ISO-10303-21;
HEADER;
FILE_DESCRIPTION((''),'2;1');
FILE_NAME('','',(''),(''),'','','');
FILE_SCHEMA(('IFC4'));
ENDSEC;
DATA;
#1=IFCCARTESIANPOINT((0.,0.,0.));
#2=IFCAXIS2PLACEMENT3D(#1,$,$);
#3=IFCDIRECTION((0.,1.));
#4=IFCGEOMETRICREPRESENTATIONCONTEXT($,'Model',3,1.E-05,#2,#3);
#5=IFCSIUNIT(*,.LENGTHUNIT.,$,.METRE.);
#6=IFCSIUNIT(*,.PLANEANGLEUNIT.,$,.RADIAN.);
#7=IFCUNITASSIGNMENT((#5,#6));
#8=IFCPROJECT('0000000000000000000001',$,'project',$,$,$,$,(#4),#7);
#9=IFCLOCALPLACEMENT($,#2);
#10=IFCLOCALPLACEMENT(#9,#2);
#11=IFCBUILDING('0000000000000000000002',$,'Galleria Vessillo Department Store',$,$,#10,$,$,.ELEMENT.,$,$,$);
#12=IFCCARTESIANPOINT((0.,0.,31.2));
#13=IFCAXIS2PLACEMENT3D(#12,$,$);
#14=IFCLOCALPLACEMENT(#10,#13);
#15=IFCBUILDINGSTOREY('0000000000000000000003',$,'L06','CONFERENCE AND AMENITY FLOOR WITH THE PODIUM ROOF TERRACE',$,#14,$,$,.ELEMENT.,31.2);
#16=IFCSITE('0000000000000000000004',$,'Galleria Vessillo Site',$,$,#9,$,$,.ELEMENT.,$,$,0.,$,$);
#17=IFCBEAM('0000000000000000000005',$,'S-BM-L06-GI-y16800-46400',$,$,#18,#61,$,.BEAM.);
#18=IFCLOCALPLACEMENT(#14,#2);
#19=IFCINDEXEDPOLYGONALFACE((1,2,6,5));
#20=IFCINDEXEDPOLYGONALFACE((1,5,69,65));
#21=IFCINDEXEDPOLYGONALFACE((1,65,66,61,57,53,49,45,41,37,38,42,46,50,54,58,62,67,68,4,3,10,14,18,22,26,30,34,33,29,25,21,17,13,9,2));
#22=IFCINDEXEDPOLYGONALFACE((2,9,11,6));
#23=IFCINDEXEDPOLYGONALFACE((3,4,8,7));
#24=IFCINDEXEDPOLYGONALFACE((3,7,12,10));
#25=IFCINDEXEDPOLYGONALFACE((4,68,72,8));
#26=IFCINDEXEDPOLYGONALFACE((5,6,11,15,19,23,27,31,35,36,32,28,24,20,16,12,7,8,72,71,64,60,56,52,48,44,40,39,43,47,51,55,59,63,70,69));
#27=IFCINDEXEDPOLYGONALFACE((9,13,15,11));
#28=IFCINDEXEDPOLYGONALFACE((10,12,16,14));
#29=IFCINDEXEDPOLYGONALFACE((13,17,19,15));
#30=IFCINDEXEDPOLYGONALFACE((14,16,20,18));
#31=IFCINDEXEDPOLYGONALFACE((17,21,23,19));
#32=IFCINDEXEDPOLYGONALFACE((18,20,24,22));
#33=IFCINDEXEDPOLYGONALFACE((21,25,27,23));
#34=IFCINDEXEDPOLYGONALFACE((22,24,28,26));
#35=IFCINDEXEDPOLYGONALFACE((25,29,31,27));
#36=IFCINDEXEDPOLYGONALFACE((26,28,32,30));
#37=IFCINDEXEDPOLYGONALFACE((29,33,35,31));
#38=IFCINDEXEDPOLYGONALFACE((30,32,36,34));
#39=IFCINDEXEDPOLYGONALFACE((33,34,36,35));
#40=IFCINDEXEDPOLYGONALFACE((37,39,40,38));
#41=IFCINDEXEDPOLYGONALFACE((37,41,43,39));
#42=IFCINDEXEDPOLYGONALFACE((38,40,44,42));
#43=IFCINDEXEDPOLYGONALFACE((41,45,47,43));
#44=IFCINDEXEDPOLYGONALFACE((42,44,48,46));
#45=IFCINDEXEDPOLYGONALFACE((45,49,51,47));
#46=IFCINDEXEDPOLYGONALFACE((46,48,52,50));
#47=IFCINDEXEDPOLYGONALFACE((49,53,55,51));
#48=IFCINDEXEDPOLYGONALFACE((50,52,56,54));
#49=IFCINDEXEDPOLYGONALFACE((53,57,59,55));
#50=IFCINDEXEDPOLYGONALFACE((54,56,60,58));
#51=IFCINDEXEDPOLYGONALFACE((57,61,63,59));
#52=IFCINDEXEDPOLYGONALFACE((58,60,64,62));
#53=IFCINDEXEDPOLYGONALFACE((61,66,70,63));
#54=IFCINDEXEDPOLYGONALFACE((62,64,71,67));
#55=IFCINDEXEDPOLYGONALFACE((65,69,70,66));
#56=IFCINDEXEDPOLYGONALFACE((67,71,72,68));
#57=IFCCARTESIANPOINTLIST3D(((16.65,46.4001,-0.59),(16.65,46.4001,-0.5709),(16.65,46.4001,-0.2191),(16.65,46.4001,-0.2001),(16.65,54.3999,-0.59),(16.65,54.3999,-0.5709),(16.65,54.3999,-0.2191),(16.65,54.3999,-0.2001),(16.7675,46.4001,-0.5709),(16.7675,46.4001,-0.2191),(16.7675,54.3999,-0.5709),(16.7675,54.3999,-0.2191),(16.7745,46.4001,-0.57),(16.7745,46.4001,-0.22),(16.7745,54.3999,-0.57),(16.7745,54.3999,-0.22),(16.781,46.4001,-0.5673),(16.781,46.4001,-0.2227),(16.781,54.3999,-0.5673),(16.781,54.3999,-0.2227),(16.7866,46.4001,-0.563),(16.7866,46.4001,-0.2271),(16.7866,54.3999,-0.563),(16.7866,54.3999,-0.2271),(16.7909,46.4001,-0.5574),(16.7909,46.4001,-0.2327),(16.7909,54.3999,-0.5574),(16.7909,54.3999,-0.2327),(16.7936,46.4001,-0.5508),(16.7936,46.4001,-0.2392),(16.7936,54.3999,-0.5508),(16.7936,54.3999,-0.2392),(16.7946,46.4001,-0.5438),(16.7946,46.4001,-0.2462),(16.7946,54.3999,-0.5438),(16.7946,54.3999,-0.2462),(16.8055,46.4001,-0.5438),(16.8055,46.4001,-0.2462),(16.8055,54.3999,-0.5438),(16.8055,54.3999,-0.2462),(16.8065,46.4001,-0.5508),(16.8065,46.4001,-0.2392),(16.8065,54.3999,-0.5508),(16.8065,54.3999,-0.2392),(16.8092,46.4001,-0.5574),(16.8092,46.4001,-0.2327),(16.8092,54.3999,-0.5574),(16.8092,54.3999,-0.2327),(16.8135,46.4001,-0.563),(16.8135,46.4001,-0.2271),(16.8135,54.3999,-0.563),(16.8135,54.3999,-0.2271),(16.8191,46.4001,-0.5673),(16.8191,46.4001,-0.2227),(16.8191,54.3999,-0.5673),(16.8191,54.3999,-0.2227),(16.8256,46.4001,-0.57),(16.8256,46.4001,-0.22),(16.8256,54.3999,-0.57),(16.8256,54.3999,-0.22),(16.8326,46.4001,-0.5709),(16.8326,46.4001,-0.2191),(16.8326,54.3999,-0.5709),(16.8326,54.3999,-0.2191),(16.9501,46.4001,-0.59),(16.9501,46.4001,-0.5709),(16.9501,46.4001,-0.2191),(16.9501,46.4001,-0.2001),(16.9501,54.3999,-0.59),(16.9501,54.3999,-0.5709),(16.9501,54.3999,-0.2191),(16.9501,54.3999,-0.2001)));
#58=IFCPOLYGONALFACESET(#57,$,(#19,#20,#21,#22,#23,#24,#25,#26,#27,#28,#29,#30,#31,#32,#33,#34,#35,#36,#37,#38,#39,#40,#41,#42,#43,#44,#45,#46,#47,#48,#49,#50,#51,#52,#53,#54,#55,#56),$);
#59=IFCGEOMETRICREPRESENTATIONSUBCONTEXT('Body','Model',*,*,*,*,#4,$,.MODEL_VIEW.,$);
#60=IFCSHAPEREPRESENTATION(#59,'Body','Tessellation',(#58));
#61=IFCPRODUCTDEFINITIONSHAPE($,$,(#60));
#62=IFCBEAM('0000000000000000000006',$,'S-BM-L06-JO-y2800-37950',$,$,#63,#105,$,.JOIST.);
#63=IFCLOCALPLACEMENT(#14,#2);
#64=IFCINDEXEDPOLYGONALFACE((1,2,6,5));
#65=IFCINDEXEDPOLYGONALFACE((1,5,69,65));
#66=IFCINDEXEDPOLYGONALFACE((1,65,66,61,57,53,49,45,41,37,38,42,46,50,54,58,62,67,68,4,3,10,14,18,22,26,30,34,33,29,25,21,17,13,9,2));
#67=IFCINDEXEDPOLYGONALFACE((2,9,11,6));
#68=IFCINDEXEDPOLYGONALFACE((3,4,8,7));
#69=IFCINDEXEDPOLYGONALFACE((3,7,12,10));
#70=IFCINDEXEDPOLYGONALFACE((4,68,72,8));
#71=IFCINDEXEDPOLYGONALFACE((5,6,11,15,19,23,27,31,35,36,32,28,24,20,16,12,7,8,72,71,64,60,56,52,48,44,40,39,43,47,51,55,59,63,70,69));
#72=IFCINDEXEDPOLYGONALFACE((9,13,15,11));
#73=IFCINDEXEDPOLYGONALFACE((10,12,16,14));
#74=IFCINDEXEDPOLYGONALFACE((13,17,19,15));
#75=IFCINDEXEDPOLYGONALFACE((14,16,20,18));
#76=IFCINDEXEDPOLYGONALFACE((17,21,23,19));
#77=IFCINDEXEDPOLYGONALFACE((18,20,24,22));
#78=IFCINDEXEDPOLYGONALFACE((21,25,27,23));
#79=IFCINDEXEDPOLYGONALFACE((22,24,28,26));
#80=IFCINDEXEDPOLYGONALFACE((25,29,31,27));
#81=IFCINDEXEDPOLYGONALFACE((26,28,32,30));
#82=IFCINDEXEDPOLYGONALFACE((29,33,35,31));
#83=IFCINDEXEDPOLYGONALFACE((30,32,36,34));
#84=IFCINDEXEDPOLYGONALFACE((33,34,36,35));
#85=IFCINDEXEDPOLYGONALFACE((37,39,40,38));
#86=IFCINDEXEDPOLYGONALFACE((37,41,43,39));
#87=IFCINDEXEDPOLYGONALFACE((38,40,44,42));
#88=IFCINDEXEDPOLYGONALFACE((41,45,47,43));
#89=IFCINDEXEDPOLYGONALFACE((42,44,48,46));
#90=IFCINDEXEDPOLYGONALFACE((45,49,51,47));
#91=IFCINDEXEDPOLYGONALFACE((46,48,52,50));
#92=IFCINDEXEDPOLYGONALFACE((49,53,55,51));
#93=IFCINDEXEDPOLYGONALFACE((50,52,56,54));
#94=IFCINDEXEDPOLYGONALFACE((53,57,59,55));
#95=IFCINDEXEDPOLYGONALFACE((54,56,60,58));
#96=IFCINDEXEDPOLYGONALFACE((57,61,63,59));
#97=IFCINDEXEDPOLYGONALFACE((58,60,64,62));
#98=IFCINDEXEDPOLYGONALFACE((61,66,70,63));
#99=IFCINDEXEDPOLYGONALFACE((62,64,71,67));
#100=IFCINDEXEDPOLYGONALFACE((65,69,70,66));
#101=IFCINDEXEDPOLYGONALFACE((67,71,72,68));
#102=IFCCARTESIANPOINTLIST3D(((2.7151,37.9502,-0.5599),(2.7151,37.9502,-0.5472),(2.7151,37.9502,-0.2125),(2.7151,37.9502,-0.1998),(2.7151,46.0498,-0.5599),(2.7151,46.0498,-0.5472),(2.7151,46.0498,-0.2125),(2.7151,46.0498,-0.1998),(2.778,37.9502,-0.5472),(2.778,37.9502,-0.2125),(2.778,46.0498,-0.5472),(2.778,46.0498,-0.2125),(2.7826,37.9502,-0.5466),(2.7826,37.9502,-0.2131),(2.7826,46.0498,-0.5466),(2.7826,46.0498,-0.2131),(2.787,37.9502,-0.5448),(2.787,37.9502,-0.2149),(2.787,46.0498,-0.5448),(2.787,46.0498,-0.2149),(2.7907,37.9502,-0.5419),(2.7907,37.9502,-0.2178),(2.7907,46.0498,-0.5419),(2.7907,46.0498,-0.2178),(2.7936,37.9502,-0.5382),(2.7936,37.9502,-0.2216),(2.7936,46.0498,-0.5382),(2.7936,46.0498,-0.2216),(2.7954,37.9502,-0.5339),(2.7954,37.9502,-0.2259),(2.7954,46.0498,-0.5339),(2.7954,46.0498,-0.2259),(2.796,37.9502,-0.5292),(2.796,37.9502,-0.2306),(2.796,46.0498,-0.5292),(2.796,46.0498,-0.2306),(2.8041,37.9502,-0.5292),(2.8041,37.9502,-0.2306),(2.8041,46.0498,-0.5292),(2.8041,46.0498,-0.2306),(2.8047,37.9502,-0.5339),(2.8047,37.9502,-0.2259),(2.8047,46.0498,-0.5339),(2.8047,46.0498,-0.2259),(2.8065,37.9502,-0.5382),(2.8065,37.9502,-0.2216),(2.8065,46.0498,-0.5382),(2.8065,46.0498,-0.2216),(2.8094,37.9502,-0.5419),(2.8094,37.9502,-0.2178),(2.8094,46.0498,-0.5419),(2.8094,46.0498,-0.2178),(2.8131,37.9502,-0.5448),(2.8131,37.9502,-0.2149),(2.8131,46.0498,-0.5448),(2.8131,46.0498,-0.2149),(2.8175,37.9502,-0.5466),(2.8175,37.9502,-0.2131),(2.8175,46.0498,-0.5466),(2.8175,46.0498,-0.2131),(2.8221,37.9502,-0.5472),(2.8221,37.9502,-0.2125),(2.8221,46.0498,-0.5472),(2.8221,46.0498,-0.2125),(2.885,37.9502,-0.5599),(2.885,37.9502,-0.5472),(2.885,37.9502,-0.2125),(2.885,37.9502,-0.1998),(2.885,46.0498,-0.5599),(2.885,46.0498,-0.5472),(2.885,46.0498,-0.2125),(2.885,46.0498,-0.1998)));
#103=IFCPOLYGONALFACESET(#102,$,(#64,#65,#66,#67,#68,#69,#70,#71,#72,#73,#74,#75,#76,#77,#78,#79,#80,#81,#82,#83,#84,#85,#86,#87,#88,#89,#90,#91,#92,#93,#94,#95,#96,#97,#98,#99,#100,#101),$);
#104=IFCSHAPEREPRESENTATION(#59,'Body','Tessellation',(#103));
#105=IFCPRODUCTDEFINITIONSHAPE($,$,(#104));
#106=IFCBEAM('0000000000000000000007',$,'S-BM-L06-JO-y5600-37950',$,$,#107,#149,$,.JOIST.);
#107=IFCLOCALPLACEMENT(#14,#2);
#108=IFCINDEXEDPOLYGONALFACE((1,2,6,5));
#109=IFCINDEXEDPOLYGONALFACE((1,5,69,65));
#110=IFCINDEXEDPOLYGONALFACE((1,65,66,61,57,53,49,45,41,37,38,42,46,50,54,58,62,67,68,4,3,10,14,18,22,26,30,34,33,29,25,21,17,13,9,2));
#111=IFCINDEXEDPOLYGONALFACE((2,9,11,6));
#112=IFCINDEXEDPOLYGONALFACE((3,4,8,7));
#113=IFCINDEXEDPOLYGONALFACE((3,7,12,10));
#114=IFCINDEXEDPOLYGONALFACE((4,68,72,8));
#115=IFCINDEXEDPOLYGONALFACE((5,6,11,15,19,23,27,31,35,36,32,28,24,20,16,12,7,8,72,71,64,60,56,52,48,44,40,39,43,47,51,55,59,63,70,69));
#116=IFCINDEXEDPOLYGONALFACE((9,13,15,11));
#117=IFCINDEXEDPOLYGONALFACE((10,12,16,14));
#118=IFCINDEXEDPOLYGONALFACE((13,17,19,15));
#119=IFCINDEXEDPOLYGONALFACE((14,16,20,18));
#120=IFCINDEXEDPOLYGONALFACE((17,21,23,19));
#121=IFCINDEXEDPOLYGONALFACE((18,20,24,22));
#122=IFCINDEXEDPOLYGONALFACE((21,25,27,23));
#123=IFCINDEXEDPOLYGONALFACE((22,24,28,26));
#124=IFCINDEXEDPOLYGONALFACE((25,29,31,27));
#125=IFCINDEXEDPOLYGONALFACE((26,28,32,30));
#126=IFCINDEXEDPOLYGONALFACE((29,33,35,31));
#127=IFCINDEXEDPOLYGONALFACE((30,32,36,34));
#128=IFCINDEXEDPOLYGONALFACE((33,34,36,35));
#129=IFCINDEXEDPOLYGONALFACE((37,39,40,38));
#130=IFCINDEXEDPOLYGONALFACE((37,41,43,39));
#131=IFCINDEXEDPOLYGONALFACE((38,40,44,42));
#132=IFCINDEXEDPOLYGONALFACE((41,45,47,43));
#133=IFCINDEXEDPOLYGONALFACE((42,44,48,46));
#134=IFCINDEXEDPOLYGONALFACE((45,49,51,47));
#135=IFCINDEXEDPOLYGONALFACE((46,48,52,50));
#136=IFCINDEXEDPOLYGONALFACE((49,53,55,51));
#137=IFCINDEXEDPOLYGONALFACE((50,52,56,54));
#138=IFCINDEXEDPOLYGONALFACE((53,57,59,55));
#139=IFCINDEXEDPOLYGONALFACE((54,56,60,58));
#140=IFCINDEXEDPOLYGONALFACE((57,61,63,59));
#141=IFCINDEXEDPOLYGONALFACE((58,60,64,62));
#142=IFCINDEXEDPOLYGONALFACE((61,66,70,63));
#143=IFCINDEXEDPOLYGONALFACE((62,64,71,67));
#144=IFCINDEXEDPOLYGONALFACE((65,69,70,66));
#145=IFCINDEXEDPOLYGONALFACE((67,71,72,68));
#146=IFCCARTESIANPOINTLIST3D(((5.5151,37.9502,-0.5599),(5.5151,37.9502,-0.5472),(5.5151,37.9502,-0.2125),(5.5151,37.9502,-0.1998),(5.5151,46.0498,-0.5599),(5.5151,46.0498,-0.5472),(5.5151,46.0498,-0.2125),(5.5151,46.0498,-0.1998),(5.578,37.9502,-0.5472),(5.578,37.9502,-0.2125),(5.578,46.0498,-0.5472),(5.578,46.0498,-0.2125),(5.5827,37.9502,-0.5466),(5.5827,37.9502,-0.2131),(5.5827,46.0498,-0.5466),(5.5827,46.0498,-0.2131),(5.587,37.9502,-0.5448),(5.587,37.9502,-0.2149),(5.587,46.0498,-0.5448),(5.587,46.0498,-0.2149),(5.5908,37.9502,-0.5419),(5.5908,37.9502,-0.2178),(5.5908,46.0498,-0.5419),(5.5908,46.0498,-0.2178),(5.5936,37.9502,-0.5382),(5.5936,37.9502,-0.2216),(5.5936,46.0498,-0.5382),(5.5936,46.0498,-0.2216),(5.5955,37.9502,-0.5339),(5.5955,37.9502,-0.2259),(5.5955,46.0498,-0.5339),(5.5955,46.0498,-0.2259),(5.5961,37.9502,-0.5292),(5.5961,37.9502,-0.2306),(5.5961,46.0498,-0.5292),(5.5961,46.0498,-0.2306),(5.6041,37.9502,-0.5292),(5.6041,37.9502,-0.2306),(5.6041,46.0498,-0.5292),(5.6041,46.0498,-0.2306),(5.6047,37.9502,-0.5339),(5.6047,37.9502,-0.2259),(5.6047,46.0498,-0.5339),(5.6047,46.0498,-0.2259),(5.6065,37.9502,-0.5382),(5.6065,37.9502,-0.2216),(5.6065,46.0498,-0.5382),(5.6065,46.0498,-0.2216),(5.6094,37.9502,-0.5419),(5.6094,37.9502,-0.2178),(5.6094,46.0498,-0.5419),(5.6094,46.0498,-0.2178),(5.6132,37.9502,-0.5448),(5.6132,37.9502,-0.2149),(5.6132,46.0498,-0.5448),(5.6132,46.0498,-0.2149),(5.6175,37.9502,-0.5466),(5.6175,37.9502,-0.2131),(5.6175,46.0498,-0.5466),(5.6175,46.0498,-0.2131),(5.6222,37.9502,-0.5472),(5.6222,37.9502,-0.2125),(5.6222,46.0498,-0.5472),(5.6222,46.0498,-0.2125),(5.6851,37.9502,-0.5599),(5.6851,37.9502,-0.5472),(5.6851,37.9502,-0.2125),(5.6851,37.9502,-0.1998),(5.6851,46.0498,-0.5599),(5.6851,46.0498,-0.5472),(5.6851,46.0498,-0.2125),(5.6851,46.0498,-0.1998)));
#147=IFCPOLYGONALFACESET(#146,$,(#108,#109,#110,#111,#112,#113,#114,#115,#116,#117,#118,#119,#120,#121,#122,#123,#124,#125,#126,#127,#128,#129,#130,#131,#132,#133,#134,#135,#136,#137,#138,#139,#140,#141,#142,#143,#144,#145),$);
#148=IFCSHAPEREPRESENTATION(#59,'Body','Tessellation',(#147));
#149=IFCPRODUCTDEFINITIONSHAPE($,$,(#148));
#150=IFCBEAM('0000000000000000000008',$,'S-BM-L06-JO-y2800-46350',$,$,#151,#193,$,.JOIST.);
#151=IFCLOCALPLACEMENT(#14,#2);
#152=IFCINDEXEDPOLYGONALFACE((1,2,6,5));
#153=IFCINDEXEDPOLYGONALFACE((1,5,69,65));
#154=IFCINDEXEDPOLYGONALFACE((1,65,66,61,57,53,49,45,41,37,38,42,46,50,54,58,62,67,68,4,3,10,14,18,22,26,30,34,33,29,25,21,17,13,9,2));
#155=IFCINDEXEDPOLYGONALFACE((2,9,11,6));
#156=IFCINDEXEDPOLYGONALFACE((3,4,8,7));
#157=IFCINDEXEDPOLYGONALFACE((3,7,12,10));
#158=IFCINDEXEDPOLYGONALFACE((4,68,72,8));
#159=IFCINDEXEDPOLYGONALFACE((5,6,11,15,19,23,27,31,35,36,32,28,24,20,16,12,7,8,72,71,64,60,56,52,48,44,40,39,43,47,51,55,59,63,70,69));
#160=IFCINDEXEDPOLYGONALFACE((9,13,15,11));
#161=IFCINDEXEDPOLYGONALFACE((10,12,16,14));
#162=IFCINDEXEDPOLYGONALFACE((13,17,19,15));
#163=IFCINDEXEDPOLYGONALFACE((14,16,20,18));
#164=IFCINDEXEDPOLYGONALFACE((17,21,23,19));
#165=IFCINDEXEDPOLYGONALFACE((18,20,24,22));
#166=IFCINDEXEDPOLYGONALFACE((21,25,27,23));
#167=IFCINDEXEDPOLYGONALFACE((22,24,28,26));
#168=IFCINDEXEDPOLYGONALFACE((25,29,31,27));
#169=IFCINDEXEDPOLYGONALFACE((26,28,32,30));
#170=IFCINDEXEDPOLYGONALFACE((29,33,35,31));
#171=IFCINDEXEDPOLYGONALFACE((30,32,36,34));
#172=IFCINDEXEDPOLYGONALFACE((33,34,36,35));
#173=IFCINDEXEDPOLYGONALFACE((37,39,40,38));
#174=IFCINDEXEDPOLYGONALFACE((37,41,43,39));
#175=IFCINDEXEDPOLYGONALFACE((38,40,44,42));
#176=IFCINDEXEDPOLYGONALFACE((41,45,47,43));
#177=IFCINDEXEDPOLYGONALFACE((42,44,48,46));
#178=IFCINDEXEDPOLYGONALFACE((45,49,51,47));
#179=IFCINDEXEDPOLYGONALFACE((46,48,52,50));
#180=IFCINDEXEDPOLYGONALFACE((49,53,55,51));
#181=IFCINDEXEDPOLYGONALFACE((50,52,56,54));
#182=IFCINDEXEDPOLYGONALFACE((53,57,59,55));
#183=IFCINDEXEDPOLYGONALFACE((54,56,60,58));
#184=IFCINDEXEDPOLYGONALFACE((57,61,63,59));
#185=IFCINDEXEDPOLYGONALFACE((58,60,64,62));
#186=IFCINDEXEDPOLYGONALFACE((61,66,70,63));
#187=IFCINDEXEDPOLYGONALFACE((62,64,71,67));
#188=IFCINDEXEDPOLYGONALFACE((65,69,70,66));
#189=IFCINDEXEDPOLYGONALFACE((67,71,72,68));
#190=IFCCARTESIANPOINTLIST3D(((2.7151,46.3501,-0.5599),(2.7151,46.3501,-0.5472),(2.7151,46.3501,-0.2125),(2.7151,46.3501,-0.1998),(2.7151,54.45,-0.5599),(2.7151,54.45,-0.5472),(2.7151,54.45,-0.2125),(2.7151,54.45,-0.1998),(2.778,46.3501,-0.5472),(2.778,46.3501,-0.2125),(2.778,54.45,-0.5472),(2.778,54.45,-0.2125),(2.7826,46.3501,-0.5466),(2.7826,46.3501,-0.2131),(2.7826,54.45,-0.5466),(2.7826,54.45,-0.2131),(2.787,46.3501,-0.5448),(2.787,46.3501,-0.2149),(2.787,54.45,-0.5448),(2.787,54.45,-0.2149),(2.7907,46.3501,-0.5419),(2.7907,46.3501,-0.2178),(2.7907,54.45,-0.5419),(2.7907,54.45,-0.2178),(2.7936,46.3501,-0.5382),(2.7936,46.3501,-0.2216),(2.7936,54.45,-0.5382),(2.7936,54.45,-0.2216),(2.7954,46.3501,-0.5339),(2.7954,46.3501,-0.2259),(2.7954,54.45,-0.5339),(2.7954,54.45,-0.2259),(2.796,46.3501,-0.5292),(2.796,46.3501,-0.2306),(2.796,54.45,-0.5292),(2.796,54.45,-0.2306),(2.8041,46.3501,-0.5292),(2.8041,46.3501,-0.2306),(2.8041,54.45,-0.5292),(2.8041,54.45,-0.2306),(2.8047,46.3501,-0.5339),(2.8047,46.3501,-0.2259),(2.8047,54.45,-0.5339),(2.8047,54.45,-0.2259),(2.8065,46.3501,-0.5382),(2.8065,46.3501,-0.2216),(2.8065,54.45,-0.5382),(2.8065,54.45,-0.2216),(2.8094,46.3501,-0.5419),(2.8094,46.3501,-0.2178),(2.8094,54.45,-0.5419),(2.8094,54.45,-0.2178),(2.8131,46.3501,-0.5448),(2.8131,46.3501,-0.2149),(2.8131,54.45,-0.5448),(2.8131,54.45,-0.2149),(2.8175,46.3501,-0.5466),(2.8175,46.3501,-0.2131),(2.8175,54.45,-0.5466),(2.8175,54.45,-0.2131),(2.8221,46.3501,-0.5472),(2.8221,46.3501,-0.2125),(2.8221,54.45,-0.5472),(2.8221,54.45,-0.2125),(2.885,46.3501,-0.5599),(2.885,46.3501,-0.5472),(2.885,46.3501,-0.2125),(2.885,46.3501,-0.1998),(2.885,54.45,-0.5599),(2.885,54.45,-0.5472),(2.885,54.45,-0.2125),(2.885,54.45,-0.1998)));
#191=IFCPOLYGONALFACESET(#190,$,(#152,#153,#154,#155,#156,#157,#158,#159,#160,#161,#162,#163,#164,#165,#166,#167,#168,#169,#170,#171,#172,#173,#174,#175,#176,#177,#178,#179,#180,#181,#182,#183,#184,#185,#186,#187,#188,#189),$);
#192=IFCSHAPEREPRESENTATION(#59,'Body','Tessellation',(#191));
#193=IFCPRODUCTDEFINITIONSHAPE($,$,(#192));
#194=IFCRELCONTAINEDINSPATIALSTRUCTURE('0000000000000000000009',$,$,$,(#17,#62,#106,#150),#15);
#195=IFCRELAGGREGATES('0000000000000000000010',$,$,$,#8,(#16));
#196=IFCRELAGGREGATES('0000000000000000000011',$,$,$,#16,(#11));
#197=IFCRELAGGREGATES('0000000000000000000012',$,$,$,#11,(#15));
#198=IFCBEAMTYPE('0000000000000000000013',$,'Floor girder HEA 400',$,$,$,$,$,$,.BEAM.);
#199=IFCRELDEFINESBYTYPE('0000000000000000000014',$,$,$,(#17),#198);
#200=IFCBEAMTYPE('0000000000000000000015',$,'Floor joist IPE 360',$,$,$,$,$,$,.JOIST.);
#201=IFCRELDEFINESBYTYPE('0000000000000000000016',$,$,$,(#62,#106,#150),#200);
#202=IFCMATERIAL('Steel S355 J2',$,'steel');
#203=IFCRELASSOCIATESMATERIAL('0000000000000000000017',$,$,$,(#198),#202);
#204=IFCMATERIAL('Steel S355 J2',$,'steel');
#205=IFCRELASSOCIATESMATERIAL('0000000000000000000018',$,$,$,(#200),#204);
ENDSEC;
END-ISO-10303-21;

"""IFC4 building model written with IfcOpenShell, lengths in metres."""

from ifc_helpers import new_model, si_unit, direction, frame, origin, origin_2d, place, context, subcontext, project, spatial, i_section, extrude, material, material_profile, profile_set, type_object, element, save


model = new_model("IFC4")

# Units and contexts
model_context = context("Model", 3, precision=1e-05, world=origin(), true_north=direction((0.0, 1.0)))
body_context = subcontext(model_context, "Body", "Model", "MODEL_VIEW")
ifc_project = project(units=[si_unit("LENGTHUNIT", "METRE"), si_unit("PLANEANGLEUNIT", "RADIAN")], contexts=[model_context])

# Site, building, storey
site_placement = place(None, origin())
site = spatial("IfcSite", under=ifc_project, at=site_placement, Name="Galleria Vessillo Site", CompositionType="ELEMENT", RefElevation=0.0)
building_placement = place(site_placement, origin())
building = spatial("IfcBuilding", under=site, at=building_placement, Name="Galleria Vessillo Department Store", CompositionType="ELEMENT")
storey_placement = place(building_placement, frame((0.0, 0.0, 31.2)))
storey = spatial("IfcBuildingStorey", under=building, at=storey_placement, Name="L06", Description="CONFERENCE AND AMENITY FLOOR WITH THE PODIUM ROOF TERRACE", CompositionType="ELEMENT", Elevation=31.2)

# Beams
ifc_material_1 = material(Name="Steel S355 J2", Category="steel")
ifc_material_profile_1 = material_profile(ifc_material_1, i_section(OverallWidth=0.3, OverallDepth=0.3899, WebThickness=0.011, FlangeThickness=0.019, FilletRadius=0.0271, at=origin_2d()), Name="HEA 400")
ifc_profile_set_1 = profile_set([ifc_material_profile_1], Name="Steel S355 J2")
beam_type_1 = type_object("IfcBeamType", Name="Floor girder HEA 400", PredefinedType="BEAM", material=ifc_profile_set_1)
beam_1_placement = place(storey_placement, frame((16.8, 46.4001, -0.395), z_axis=(0.0, 1.0, 0.0), x_axis=(-1.0, 0.0, 0.0)))
element("IfcBeam", 1, at=beam_1_placement, inside=storey, type_object=beam_type_1, Name="S-BM-L06-GI-y16800-46400", PredefinedType="BEAM", context=body_context, shape_type="SweptSolid", body=[
    extrude(i_section(OverallWidth=0.3, OverallDepth=0.3899, WebThickness=0.011, FlangeThickness=0.019, FilletRadius=0.0271, at=origin_2d()), origin(), (0.0, 0.0, 1.0), 7.9998),
])
ifc_material_2 = material(Name="Steel S355 J2", Category="steel")
ifc_material_profile_2 = material_profile(ifc_material_2, i_section(OverallWidth=0.1699, OverallDepth=0.3601, WebThickness=0.0081, FlangeThickness=0.0127, FilletRadius=0.0181, at=origin_2d()), Name="IPE 360")
ifc_profile_set_2 = profile_set([ifc_material_profile_2], Name="Steel S355 J2")
beam_type_2 = type_object("IfcBeamType", Name="Floor joist IPE 360", PredefinedType="JOIST", material=ifc_profile_set_2)
for number, where, z_axis, x_axis, name in (
    (2, (2.8, 37.9502, -0.3799), (0.0, 1.0, 0.0), (-1.0, 0.0, 0.0), "S-BM-L06-JO-y2800-37950"),
    (3, (5.6001, 37.9502, -0.3799), (0.0, 1.0, 0.0), (-1.0, 0.0, 0.0), "S-BM-L06-JO-y5600-37950"),
):
    element("IfcBeam", number, at=place(storey_placement, frame(where, z_axis=z_axis, x_axis=x_axis)), inside=storey, type_object=beam_type_2, Name=name, PredefinedType="JOIST", context=body_context, shape_type="SweptSolid", body=[
        extrude(i_section(OverallWidth=0.1699, OverallDepth=0.3601, WebThickness=0.0081, FlangeThickness=0.0127, FilletRadius=0.0181, at=origin_2d()), origin(), (0.0, 0.0, 1.0), 8.0996),
    ])
for number, where, z_axis, x_axis, name in (
    (4, (2.8, 46.3501, -0.3799), (0.0, 1.0, 0.0), (-1.0, 0.0, 0.0), "S-BM-L06-JO-y2800-46350"),
):
    element("IfcBeam", number, at=place(storey_placement, frame(where, z_axis=z_axis, x_axis=x_axis)), inside=storey, type_object=beam_type_2, Name=name, PredefinedType="JOIST", context=body_context, shape_type="SweptSolid", body=[
        extrude(i_section(OverallWidth=0.1699, OverallDepth=0.3601, WebThickness=0.0081, FlangeThickness=0.0127, FilletRadius=0.0181, at=origin_2d()), origin(), (0.0, 0.0, 1.0), 8.0999),
    ])

save(model, "model.ifc")
